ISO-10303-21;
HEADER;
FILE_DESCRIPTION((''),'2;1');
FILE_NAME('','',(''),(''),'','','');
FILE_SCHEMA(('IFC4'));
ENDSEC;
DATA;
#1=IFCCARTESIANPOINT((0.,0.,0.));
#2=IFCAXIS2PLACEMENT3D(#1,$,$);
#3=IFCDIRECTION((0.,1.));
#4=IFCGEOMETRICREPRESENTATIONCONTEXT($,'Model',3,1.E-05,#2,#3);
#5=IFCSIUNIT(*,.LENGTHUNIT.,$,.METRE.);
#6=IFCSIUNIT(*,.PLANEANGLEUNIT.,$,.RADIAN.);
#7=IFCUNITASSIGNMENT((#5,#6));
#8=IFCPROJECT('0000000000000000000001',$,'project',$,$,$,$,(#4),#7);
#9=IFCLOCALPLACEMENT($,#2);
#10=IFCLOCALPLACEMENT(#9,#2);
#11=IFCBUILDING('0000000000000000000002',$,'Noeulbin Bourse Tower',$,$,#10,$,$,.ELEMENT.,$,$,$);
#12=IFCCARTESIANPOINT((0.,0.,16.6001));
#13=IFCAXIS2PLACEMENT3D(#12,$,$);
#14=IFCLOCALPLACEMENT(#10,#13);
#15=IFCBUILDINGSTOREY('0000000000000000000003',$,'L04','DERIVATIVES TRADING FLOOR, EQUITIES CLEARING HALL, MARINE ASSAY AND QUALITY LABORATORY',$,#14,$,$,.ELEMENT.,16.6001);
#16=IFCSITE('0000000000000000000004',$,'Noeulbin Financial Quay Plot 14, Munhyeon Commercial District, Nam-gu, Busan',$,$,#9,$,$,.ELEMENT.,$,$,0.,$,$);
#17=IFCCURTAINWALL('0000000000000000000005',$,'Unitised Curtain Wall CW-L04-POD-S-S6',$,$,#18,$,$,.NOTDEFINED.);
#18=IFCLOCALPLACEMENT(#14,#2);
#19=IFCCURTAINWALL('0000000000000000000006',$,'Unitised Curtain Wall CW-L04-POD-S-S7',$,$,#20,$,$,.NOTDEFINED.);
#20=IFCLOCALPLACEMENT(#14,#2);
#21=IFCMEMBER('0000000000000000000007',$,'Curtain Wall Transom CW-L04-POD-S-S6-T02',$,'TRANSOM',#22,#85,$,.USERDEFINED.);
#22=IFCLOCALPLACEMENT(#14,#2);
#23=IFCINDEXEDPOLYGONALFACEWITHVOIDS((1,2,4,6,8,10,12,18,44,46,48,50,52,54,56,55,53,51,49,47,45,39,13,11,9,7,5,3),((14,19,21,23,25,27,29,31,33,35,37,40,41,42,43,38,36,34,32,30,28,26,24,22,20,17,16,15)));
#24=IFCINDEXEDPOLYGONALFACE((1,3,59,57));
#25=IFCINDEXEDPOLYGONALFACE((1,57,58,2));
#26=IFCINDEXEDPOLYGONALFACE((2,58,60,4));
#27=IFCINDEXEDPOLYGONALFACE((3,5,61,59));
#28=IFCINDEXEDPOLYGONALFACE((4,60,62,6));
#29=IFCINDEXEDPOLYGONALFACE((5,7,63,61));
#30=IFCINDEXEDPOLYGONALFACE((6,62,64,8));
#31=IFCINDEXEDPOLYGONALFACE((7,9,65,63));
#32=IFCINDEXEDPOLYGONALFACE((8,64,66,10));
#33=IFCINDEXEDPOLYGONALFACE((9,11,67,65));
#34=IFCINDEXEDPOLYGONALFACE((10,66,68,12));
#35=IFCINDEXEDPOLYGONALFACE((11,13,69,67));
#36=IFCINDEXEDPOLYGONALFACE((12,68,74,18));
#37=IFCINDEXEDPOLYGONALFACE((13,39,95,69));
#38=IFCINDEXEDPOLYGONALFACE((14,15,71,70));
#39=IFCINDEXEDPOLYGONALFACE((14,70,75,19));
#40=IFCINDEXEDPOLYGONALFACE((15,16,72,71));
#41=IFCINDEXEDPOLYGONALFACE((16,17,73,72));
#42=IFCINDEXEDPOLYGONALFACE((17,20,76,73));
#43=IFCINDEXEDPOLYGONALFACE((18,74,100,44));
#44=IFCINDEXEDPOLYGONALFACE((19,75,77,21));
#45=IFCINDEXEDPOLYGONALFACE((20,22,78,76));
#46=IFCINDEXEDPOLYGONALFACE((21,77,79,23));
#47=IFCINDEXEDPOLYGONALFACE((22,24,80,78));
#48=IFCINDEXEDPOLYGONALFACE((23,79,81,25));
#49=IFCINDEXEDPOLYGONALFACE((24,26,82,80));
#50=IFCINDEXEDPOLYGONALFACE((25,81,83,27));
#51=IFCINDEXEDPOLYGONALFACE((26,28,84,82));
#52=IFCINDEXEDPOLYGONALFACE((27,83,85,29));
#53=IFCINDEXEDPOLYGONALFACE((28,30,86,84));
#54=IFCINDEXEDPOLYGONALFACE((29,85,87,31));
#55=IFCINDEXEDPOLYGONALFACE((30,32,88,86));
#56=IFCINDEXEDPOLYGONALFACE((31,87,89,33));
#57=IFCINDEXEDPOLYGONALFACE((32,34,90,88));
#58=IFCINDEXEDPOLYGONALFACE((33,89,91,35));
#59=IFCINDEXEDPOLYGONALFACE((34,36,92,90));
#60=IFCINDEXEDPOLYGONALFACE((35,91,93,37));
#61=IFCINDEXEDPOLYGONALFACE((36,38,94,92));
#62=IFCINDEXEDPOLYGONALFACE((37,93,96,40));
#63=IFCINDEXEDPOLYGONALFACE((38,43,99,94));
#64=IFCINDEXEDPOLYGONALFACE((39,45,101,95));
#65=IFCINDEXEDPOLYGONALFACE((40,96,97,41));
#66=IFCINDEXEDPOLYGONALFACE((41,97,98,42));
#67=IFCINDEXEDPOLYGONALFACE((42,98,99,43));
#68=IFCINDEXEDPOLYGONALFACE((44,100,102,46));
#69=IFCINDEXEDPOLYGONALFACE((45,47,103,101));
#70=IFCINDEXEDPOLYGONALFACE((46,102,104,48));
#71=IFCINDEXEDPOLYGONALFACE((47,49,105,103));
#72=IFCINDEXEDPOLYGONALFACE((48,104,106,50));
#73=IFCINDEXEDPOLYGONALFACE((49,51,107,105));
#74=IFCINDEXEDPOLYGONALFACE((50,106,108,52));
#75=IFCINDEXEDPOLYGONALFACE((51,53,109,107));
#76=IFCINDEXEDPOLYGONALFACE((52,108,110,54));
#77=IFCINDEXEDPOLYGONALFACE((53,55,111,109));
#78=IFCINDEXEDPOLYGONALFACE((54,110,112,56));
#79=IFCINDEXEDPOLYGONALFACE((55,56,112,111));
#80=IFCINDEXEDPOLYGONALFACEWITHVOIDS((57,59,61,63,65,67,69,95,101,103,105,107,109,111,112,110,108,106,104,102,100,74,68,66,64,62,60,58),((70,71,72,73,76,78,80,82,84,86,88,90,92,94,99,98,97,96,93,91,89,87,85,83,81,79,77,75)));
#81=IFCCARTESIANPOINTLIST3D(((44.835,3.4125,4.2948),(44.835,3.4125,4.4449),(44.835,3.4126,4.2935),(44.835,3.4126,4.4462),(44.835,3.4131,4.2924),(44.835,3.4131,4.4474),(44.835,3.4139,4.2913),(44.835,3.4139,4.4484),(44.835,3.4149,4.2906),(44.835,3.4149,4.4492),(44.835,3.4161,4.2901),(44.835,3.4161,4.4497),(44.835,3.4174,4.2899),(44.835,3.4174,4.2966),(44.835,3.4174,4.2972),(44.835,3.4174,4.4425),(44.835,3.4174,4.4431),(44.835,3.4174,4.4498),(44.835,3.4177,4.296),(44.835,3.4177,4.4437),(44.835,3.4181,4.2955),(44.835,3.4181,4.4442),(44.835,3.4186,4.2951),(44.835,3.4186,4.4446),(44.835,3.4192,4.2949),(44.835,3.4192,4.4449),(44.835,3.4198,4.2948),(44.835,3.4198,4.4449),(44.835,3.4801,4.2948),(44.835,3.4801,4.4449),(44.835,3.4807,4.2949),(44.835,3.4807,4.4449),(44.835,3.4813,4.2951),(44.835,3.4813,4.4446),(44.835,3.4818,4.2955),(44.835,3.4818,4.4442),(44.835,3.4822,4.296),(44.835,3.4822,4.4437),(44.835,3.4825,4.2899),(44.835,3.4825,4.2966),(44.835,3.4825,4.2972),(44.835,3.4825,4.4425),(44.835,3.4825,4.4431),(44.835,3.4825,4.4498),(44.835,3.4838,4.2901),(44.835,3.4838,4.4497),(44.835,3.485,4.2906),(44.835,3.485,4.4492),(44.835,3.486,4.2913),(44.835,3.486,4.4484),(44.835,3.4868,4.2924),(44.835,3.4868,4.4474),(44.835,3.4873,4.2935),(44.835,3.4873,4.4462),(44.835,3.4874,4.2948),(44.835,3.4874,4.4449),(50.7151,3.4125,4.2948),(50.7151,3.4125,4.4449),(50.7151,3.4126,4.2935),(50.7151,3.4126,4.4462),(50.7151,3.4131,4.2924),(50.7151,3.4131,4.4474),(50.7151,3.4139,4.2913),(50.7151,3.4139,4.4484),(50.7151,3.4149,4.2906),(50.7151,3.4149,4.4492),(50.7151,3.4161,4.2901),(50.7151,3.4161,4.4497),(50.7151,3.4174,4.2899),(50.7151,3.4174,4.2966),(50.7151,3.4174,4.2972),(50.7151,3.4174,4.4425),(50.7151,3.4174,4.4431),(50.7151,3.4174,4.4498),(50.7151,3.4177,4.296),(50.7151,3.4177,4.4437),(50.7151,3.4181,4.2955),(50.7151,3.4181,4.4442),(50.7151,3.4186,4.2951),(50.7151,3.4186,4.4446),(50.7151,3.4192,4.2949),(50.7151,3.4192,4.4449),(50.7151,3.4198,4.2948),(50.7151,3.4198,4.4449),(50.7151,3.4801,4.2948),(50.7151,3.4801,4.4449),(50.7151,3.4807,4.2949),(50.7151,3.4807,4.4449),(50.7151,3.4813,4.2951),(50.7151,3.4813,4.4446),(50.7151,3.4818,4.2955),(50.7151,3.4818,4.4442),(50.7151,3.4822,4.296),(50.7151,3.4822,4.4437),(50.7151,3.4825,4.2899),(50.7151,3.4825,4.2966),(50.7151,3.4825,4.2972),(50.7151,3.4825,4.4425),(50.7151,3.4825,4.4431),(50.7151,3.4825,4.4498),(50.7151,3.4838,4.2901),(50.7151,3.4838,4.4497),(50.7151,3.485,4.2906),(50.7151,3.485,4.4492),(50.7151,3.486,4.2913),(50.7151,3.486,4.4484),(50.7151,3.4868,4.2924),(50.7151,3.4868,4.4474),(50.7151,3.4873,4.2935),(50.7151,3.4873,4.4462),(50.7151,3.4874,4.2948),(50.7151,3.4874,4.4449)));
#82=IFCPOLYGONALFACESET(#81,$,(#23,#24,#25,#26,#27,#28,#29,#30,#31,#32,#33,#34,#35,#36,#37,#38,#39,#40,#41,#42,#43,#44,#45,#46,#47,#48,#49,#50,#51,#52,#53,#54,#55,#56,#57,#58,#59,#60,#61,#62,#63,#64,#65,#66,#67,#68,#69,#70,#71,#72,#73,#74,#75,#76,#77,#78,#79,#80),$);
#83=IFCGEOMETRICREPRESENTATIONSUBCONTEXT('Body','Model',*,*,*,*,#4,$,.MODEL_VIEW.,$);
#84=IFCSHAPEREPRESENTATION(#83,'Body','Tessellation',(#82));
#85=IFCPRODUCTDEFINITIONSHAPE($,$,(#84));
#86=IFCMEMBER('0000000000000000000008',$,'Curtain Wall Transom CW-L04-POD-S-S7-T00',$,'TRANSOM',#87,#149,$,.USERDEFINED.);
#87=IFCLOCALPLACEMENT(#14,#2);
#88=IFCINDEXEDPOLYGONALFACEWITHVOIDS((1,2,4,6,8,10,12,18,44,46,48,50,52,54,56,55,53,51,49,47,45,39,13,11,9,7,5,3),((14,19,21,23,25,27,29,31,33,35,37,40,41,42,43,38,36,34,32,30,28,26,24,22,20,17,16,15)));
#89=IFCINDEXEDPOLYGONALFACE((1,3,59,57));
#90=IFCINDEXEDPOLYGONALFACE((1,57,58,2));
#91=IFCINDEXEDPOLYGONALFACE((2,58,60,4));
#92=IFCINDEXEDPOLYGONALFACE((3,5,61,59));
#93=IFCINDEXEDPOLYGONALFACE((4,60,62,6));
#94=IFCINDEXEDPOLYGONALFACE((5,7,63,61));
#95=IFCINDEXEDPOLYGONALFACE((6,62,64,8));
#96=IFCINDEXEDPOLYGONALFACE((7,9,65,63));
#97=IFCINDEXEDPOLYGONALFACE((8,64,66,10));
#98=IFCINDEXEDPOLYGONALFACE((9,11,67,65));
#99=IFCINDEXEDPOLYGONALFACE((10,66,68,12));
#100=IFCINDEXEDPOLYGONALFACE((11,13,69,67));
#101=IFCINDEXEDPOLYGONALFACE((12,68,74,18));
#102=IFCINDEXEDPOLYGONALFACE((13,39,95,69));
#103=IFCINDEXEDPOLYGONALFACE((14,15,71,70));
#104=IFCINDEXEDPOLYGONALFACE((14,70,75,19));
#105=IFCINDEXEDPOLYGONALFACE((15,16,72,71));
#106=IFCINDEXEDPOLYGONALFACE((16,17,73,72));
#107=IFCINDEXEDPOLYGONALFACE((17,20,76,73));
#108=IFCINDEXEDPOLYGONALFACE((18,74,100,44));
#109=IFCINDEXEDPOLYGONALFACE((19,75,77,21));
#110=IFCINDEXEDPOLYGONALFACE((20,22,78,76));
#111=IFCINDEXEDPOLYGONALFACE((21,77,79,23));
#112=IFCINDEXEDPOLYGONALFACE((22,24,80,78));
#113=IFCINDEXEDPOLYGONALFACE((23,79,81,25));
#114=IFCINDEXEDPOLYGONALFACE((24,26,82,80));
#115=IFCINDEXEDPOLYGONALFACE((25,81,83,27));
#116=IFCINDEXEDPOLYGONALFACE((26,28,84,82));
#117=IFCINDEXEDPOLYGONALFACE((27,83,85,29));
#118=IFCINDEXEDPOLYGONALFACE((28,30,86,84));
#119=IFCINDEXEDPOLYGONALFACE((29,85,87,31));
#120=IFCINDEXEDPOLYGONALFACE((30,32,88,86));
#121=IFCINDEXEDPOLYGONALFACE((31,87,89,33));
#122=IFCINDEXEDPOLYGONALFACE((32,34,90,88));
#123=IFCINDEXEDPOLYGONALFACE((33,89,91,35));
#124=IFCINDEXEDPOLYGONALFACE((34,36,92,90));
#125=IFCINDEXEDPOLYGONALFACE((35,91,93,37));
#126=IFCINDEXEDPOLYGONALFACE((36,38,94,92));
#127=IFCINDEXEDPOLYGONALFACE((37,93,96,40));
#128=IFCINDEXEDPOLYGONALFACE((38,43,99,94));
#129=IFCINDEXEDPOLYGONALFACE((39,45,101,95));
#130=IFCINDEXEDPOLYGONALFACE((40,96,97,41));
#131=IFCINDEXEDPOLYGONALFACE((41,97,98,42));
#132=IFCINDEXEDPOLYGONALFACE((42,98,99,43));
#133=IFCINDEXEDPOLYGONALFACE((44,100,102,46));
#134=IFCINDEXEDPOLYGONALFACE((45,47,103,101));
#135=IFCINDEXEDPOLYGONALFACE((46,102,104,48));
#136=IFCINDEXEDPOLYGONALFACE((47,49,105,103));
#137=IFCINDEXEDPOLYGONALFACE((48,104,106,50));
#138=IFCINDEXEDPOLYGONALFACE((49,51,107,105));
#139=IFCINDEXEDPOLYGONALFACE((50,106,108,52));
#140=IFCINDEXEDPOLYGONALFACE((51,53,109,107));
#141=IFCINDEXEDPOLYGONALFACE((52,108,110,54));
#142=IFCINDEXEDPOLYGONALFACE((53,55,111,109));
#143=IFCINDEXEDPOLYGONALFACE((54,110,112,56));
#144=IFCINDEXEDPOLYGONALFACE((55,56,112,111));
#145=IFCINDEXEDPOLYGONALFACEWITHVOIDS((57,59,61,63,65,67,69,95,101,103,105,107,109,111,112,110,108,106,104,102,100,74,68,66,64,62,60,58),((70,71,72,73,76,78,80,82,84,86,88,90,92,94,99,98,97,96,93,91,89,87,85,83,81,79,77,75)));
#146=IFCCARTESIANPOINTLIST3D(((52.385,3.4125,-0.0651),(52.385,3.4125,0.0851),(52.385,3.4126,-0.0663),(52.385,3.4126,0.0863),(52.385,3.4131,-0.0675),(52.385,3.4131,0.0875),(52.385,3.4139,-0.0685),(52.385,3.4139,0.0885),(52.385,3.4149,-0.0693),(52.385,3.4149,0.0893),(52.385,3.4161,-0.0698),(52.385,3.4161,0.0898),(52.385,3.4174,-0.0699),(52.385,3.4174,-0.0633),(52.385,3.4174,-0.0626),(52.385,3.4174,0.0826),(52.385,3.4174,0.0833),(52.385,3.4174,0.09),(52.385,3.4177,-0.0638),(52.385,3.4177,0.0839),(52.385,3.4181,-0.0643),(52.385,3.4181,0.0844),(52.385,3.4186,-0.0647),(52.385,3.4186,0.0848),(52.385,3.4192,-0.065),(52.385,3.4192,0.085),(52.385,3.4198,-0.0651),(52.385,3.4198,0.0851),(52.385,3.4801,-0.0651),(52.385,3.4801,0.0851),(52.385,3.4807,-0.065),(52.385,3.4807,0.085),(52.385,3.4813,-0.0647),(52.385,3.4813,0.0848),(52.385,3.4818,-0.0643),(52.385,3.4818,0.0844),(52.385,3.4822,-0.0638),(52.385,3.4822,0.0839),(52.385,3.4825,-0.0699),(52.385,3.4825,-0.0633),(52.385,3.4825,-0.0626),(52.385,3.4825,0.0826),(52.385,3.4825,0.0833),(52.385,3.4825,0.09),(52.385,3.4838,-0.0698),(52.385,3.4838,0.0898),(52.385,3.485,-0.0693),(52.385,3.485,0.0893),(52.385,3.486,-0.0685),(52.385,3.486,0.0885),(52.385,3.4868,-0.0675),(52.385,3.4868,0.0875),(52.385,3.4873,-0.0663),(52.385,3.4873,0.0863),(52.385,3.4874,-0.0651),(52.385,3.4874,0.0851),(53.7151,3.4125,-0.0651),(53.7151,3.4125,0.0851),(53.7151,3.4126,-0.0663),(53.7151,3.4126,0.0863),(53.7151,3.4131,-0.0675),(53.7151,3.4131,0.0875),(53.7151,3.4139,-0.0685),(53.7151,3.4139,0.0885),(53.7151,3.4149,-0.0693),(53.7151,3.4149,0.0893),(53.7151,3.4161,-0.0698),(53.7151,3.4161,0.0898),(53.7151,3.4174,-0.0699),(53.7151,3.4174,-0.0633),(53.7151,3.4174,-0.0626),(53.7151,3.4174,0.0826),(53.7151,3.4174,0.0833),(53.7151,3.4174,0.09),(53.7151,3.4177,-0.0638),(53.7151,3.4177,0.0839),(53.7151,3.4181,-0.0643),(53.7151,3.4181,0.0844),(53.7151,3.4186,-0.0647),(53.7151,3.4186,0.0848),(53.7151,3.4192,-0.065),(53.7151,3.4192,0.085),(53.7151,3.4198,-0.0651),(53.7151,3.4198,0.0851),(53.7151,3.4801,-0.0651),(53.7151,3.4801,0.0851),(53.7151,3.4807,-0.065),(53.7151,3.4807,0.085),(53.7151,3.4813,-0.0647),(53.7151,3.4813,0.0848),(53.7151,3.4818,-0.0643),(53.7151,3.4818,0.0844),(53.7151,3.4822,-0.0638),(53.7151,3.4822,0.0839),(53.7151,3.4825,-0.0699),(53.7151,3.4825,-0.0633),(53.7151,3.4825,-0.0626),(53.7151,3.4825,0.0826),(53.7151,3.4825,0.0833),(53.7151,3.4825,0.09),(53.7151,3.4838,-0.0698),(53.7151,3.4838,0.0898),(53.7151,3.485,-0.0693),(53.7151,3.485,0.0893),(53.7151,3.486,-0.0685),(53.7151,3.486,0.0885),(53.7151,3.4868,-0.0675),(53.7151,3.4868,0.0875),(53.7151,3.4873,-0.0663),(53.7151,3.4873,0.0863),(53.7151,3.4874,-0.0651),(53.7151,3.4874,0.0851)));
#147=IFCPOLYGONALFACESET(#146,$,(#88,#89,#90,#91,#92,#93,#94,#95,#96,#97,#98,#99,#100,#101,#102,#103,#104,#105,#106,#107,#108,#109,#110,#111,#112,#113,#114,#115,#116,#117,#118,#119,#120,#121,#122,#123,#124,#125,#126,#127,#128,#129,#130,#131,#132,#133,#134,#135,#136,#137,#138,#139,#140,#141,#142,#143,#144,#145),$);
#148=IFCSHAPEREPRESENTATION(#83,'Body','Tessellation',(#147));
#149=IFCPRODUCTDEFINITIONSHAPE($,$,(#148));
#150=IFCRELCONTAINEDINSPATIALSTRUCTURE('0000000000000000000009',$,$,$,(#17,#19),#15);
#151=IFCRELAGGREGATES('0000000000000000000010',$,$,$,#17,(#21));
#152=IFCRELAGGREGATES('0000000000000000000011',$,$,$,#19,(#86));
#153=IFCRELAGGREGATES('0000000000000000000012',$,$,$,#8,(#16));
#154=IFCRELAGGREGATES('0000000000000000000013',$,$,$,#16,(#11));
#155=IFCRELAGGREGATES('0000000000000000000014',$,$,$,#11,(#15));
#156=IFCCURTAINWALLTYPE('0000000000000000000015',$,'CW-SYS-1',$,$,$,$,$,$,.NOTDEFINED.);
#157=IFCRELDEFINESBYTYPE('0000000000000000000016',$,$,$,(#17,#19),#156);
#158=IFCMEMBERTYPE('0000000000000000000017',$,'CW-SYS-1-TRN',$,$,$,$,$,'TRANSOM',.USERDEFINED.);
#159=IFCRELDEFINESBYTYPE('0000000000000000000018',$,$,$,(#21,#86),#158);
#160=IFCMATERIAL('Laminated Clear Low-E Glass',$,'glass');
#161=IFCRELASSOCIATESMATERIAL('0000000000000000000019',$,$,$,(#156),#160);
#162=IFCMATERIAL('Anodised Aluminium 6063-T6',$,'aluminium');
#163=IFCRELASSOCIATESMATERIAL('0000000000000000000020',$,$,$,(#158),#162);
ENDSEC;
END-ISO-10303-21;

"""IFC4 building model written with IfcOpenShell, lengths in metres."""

from ifc_helpers import new_model, si_unit, direction, frame, origin, origin_2d, place, context, subcontext, project, spatial, hollow_rectangle, extrude, material, material_profile, profile_set, type_object, element, aggregate, save


model = new_model("IFC4")

# Units and contexts
model_context = context("Model", 3, precision=1e-05, world=origin(), true_north=direction((0.0, 1.0)))
body_context = subcontext(model_context, "Body", "Model", "MODEL_VIEW")
ifc_project = project(units=[si_unit("LENGTHUNIT", "METRE"), si_unit("PLANEANGLEUNIT", "RADIAN")], contexts=[model_context])

# Site, building, storey
site_placement = place(None, origin())
site = spatial("IfcSite", under=ifc_project, at=site_placement, Name="Noeulbin Financial Quay Plot 14, Munhyeon Commercial District, Nam-gu, Busan", CompositionType="ELEMENT", RefElevation=0.0)
building_placement = place(site_placement, origin())
building = spatial("IfcBuilding", under=site, at=building_placement, Name="Noeulbin Bourse Tower", CompositionType="ELEMENT")
storey_placement = place(building_placement, frame((0.0, 0.0, 16.6001)))
storey = spatial("IfcBuildingStorey", under=building, at=storey_placement, Name="L04", Description="DERIVATIVES TRADING FLOOR, EQUITIES CLEARING HALL, MARINE ASSAY AND QUALITY LABORATORY", CompositionType="ELEMENT", Elevation=16.6001)

# Shared definitions
ifc_material_1 = material(Name="Laminated Clear Low-E Glass", Category="glass")
curtain_wall_type = type_object("IfcCurtainWallType", Name="CW-SYS-1", PredefinedType="NOTDEFINED", material=ifc_material_1)
ifc_material_2 = material(Name="Anodised Aluminium 6063-T6", Category="aluminium")

# Curtain walls
curtain_wall_1_placement = place(storey_placement, origin())
curtain_wall_1 = element("IfcCurtainWall", 1, at=curtain_wall_1_placement, inside=storey, type_object=curtain_wall_type, Name="Unitised Curtain Wall CW-L04-POD-S-S6", PredefinedType="NOTDEFINED")
curtain_wall_2_placement = place(storey_placement, origin())
curtain_wall_2 = element("IfcCurtainWall", 2, at=curtain_wall_2_placement, inside=storey, type_object=curtain_wall_type, Name="Unitised Curtain Wall CW-L04-POD-S-S7", PredefinedType="NOTDEFINED")

# Members
ifc_material_profile_1 = material_profile(ifc_material_2, hollow_rectangle(XDim=0.075, YDim=0.1599, WallThickness=0.0049, InnerFilletRadius=0.0024, OuterFilletRadius=0.0049, at=origin_2d()), Name="ALU-TRAN-75x160x5", Category="LoadBearing")
ifc_profile_set_1 = profile_set([ifc_material_profile_1], Name="Anodised Aluminium 6063-T6")
member_type_1 = type_object("IfcMemberType", Name="CW-SYS-1-TRN", ElementType="TRANSOM", PredefinedType="USERDEFINED", material=ifc_profile_set_1)
member_1_placement = place(storey_placement, frame((44.835, 3.45, 4.3699), z_axis=(1.0, 0.0, 0.0), x_axis=(0.0, 1.0, 0.0)))
member_1 = element("IfcMember", 3, at=member_1_placement, type_object=member_type_1, Name="Curtain Wall Transom CW-L04-POD-S-S6-T02", ObjectType="TRANSOM", PredefinedType="USERDEFINED", context=body_context, shape_type="SweptSolid", body=[
    extrude(hollow_rectangle(XDim=0.075, YDim=0.1599, WallThickness=0.0049, InnerFilletRadius=0.0024, OuterFilletRadius=0.0049, at=origin_2d()), origin(), (0.0, 0.0, 1.0), 5.8801),
])
member_2_placement = place(storey_placement, frame((52.385, 3.45, 0.01), z_axis=(1.0, 0.0, 0.0), x_axis=(0.0, 1.0, 0.0)))
member_2 = element("IfcMember", 4, at=member_2_placement, type_object=member_type_1, Name="Curtain Wall Transom CW-L04-POD-S-S7-T00", ObjectType="TRANSOM", PredefinedType="USERDEFINED", context=body_context, shape_type="SweptSolid", body=[
    extrude(hollow_rectangle(XDim=0.075, YDim=0.1599, WallThickness=0.0049, InnerFilletRadius=0.0024, OuterFilletRadius=0.0049, at=origin_2d()), origin(), (0.0, 0.0, 1.0), 1.3301),
])

aggregate(curtain_wall_1, [member_1])
aggregate(curtain_wall_2, [member_2])

save(model, "model.ifc")
